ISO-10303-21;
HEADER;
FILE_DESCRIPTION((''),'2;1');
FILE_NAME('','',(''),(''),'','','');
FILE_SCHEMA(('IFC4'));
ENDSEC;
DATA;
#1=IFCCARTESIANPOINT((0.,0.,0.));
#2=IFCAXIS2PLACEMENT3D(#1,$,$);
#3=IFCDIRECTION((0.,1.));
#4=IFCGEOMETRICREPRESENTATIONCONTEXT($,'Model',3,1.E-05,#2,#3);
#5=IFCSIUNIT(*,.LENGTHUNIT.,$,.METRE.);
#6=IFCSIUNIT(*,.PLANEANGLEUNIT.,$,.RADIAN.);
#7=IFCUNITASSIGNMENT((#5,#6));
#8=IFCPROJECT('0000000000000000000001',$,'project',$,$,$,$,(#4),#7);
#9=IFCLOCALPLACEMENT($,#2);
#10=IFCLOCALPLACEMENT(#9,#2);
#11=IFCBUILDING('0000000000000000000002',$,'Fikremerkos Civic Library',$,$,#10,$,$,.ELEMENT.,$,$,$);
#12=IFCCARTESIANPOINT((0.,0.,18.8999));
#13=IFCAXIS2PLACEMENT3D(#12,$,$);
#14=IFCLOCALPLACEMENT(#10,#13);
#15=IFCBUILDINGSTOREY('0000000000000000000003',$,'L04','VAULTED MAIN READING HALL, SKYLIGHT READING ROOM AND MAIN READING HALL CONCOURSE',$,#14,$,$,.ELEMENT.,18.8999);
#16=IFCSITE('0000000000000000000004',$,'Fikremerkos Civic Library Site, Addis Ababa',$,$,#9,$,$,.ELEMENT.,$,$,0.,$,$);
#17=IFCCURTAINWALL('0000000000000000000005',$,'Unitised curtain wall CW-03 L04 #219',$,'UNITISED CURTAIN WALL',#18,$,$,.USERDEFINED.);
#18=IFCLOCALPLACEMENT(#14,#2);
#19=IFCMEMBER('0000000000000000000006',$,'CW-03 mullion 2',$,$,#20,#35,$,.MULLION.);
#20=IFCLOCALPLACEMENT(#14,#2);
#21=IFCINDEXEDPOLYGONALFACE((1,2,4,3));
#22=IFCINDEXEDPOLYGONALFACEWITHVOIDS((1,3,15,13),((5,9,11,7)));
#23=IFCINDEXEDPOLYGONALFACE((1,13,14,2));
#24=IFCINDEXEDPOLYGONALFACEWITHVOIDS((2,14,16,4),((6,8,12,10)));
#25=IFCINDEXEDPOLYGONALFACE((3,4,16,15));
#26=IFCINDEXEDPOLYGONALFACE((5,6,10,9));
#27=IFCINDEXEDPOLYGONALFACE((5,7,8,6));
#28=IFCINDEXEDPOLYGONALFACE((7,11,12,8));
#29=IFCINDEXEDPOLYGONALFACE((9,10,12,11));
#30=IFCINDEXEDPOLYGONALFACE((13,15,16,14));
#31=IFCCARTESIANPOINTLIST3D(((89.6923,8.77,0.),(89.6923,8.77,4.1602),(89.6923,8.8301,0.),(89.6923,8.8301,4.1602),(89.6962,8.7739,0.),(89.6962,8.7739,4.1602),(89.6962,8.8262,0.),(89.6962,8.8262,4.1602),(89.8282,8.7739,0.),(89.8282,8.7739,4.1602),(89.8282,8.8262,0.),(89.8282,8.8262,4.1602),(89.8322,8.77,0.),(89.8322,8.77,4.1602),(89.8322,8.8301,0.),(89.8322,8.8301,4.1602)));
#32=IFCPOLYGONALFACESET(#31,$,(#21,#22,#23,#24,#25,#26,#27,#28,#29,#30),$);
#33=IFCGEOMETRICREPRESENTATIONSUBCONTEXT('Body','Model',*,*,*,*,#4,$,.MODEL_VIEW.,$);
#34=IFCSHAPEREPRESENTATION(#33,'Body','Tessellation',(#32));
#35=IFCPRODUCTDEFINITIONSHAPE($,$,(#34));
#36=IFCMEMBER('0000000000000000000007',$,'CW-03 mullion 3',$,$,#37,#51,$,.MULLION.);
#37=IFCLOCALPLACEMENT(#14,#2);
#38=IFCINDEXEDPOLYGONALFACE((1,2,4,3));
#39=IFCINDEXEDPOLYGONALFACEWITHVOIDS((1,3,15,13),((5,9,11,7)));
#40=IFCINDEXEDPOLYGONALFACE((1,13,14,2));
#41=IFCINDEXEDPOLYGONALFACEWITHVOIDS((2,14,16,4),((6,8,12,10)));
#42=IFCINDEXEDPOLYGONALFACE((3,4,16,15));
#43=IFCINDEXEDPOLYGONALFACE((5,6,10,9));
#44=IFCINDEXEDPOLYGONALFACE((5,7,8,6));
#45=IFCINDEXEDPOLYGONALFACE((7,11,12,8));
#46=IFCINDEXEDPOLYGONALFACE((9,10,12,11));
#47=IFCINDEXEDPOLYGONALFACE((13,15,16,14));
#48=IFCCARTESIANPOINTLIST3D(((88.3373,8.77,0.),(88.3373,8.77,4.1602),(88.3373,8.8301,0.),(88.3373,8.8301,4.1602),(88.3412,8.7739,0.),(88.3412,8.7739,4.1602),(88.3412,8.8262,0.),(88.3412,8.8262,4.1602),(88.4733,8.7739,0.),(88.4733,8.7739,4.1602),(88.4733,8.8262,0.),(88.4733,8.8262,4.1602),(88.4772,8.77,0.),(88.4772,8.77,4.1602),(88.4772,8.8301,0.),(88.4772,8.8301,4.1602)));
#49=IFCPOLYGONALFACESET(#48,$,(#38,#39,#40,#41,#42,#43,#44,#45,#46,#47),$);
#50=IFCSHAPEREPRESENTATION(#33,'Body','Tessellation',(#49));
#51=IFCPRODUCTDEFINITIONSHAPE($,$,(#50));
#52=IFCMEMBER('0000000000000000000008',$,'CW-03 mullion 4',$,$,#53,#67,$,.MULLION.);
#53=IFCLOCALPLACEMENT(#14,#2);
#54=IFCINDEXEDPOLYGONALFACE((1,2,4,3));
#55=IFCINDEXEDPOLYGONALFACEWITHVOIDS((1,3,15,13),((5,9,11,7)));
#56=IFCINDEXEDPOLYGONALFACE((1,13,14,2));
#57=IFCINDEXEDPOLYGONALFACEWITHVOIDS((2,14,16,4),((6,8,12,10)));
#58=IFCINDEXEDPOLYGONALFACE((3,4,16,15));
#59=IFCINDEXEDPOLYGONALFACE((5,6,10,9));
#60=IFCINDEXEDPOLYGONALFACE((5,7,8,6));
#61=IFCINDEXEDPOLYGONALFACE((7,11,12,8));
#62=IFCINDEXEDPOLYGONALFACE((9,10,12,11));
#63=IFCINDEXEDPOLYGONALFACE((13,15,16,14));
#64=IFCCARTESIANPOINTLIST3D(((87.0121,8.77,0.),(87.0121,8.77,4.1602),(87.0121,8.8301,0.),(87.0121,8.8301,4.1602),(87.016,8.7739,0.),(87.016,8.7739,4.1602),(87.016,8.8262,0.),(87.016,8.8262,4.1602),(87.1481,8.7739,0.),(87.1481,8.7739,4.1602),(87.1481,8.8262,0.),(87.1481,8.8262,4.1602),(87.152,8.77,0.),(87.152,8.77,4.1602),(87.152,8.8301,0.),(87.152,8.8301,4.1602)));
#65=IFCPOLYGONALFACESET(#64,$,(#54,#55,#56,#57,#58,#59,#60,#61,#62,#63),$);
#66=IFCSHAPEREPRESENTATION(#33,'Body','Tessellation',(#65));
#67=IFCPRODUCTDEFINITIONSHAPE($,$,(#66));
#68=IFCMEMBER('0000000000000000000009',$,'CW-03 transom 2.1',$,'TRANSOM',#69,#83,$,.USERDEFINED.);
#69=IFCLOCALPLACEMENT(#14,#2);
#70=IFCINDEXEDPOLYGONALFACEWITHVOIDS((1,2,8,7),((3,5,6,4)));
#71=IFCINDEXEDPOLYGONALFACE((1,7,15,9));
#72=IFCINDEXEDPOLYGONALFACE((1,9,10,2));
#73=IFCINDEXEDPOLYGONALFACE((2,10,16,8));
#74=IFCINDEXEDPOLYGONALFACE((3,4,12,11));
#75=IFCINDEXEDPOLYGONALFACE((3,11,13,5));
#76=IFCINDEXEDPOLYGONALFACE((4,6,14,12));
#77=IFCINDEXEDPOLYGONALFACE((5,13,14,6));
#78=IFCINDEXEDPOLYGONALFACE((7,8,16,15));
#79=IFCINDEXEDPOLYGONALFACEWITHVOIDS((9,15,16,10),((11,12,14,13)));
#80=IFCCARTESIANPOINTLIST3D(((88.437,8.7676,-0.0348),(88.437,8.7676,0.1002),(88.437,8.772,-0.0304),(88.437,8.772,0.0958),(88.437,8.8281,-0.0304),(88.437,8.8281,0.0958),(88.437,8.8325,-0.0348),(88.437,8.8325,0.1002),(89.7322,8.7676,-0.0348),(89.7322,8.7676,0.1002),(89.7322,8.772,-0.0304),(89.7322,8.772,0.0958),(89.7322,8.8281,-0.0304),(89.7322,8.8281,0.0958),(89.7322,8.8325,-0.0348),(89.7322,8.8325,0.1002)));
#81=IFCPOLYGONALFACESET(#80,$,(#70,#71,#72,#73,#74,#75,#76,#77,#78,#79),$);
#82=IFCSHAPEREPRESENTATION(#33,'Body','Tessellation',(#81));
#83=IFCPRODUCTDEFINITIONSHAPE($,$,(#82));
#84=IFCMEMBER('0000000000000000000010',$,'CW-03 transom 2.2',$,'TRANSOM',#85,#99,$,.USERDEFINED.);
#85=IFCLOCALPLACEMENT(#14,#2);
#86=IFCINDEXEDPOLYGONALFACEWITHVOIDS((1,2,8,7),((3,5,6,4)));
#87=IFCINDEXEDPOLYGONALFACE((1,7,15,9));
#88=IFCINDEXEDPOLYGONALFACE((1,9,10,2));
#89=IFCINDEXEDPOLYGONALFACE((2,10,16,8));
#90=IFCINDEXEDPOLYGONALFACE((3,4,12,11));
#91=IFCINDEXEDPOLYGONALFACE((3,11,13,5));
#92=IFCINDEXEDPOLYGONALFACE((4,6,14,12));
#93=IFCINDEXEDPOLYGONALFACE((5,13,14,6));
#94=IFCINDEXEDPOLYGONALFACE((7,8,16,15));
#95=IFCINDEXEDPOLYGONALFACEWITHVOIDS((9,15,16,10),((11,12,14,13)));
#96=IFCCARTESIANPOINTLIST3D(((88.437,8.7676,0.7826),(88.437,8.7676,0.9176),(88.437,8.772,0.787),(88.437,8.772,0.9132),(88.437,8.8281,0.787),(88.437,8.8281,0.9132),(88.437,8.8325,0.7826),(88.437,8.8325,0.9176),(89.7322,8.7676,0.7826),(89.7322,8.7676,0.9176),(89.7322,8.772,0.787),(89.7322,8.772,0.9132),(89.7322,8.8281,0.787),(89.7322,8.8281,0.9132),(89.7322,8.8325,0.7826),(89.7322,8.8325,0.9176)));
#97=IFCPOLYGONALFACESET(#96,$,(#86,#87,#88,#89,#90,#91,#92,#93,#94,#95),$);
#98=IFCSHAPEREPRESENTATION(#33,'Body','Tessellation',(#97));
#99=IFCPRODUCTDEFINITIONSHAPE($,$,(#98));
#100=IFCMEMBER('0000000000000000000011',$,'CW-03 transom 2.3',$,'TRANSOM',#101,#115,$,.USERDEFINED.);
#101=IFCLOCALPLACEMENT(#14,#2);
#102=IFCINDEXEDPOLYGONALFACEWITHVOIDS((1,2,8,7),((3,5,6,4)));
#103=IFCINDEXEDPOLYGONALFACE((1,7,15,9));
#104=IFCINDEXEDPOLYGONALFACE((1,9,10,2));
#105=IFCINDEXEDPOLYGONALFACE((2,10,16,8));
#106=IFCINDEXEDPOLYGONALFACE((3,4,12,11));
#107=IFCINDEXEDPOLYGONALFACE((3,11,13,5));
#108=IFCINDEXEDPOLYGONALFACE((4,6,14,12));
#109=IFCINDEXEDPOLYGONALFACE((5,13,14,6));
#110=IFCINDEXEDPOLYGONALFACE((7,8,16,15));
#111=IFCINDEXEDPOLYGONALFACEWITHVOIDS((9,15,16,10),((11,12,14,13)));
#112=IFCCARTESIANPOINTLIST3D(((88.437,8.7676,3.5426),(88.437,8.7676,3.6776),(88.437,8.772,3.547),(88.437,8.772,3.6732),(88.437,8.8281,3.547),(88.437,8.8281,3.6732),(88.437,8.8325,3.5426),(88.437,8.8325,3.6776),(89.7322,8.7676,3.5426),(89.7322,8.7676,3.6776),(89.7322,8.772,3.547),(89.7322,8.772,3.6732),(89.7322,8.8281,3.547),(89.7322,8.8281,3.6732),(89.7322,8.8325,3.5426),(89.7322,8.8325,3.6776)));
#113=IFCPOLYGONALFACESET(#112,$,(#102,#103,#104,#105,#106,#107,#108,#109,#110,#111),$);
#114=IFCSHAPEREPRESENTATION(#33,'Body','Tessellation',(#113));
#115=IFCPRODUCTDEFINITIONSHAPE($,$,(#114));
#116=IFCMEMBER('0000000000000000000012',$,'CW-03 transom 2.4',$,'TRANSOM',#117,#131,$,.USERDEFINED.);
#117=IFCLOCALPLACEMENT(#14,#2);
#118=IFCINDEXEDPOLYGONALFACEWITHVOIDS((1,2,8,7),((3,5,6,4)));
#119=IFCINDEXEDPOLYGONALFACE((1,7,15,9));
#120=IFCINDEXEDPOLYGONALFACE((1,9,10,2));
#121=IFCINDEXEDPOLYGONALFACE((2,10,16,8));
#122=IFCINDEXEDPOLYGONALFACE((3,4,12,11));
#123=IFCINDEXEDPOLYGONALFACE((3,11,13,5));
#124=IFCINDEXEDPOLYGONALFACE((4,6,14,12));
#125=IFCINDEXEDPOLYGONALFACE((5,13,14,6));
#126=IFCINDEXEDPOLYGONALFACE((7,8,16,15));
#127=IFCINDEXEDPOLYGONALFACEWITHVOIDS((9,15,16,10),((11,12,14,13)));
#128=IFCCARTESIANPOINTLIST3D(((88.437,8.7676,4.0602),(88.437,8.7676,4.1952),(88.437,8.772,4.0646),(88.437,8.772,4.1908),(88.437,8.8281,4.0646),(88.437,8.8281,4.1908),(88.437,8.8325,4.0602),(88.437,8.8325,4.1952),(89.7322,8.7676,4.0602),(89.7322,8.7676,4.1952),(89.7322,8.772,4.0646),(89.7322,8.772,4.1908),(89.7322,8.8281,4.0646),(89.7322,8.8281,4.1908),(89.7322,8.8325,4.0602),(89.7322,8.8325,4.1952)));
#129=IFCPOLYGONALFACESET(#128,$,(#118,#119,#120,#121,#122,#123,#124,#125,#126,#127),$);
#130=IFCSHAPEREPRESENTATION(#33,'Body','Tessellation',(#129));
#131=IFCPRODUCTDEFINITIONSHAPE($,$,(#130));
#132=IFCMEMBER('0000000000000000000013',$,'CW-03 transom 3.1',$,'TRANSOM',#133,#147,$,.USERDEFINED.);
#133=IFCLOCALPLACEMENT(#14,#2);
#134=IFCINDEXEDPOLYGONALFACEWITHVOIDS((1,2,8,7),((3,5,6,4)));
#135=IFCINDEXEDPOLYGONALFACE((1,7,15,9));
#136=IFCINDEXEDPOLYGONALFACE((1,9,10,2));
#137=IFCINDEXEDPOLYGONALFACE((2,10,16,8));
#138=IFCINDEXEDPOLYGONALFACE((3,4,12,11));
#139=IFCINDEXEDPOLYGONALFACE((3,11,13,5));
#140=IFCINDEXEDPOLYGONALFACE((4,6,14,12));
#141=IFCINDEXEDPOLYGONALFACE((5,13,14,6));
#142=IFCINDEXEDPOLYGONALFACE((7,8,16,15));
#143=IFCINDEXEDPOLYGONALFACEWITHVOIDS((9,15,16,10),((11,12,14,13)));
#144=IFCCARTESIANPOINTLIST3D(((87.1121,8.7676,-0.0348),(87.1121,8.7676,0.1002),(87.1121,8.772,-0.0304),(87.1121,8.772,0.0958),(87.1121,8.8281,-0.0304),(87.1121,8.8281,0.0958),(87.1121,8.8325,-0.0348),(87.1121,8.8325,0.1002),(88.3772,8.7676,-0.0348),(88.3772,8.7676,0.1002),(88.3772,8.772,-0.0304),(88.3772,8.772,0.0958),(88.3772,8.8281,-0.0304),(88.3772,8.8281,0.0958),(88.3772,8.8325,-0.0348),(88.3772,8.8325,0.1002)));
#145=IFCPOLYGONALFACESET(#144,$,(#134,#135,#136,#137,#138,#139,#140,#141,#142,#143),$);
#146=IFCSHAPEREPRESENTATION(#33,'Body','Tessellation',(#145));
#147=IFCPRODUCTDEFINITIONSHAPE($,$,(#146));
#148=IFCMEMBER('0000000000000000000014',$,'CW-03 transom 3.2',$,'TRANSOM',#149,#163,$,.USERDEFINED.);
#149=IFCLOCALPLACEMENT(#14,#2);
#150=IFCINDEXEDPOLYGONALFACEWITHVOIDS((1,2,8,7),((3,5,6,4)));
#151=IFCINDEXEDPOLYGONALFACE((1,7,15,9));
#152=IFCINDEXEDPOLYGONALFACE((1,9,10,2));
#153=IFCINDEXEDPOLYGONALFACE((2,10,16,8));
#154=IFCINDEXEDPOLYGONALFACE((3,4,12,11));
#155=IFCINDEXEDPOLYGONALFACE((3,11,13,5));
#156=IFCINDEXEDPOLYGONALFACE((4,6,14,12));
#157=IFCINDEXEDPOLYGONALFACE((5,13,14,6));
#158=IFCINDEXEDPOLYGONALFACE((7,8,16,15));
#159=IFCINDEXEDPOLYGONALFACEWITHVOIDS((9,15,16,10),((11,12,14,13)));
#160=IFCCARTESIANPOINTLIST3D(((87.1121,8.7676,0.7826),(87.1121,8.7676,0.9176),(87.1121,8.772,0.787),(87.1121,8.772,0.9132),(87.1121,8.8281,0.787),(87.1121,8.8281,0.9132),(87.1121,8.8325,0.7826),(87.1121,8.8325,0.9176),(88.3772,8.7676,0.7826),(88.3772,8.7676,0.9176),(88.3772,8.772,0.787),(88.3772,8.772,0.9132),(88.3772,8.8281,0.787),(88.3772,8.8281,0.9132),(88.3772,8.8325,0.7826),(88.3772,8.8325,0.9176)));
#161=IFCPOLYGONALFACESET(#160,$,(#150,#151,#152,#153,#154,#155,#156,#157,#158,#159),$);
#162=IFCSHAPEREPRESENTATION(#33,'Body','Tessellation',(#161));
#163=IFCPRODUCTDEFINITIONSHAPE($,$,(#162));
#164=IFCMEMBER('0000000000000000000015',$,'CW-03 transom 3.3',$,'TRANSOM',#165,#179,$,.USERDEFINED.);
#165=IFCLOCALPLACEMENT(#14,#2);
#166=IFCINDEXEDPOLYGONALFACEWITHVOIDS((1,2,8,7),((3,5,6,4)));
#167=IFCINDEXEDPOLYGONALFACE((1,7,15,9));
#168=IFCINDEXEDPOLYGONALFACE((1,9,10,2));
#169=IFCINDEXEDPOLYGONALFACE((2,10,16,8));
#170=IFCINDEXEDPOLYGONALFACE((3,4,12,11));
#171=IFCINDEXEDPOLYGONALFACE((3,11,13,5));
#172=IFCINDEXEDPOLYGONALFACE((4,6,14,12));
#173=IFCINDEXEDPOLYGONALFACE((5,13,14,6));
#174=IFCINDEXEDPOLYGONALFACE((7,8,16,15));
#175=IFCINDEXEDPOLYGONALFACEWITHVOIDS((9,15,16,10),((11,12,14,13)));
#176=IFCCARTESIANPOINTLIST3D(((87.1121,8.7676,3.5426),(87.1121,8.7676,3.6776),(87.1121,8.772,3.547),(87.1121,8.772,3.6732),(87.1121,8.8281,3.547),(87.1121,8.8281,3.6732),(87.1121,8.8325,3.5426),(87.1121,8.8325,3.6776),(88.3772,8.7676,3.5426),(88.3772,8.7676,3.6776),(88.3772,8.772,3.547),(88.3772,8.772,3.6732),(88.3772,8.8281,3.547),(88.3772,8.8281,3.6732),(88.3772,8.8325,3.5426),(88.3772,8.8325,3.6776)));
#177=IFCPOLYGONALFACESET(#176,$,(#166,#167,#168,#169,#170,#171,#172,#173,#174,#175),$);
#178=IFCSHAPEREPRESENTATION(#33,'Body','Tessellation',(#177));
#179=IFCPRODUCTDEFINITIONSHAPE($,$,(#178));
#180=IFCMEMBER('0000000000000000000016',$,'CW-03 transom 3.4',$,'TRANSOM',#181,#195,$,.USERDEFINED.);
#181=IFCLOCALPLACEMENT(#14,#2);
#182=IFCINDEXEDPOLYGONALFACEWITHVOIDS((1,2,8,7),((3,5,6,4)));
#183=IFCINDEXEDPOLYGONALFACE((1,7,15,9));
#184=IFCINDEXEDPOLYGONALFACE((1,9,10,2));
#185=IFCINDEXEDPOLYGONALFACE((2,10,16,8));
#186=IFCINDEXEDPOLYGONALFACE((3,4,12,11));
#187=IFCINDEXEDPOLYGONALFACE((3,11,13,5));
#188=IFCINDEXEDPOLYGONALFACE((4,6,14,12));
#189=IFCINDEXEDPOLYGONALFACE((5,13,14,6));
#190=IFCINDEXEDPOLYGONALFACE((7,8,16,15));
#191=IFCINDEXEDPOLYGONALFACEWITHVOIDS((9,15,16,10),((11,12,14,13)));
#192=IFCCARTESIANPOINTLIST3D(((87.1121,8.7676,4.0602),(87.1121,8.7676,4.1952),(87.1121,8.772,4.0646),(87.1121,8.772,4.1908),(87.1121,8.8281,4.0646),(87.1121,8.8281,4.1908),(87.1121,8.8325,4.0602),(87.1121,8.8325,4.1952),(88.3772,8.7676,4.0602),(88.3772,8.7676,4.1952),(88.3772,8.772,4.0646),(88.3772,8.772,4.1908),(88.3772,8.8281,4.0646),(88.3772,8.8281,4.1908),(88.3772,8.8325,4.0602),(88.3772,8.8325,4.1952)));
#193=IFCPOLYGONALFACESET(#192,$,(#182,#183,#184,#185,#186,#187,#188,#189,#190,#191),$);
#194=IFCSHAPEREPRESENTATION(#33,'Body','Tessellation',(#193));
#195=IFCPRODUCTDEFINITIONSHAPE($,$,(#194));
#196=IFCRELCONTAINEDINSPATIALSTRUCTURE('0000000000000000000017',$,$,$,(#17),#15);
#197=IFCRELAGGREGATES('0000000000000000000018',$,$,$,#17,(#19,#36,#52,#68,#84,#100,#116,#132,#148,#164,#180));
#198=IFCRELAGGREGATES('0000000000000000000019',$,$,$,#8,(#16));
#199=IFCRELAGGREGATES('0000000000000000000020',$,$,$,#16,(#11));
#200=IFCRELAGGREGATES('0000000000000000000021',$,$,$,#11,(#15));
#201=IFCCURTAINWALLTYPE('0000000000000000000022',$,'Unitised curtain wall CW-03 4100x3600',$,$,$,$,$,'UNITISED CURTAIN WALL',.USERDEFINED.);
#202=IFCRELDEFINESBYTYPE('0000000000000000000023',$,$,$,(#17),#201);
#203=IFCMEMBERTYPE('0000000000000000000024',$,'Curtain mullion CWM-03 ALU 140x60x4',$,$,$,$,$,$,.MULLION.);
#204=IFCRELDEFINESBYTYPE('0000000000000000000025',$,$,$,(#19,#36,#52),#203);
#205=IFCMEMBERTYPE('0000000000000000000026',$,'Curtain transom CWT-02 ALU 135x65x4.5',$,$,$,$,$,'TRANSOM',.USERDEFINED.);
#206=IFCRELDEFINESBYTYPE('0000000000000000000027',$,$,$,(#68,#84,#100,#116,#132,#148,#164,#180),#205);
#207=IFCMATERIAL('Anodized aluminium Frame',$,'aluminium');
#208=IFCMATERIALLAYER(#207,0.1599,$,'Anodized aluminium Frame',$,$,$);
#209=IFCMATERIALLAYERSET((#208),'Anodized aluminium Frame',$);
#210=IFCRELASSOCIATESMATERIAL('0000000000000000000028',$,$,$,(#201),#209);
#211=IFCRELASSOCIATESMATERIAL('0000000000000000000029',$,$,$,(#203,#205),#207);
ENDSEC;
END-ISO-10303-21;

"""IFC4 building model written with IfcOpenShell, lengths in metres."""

from ifc_helpers import new_model, si_unit, direction, frame, origin, origin_2d, place, context, subcontext, project, spatial, hollow_rectangle, extrude, material, layer, layer_set, material_profile, profile_set, type_object, element, aggregate, save


model = new_model("IFC4")

# Units and contexts
model_context = context("Model", 3, precision=1e-05, world=origin(), true_north=direction((0.0, 1.0)))
body_context = subcontext(model_context, "Body", "Model", "MODEL_VIEW")
ifc_project = project(units=[si_unit("LENGTHUNIT", "METRE"), si_unit("PLANEANGLEUNIT", "RADIAN")], contexts=[model_context])

# Site, building, storey
site_placement = place(None, origin())
site = spatial("IfcSite", under=ifc_project, at=site_placement, Name="Fikremerkos Civic Library Site, Addis Ababa", CompositionType="ELEMENT", RefElevation=0.0)
building_placement = place(site_placement, origin())
building = spatial("IfcBuilding", under=site, at=building_placement, Name="Fikremerkos Civic Library", CompositionType="ELEMENT")
storey_placement = place(building_placement, frame((0.0, 0.0, 18.8999)))
storey = spatial("IfcBuildingStorey", under=building, at=storey_placement, Name="L04", Description="VAULTED MAIN READING HALL, SKYLIGHT READING ROOM AND MAIN READING HALL CONCOURSE", CompositionType="ELEMENT", Elevation=18.8999)

# Curtain wall, members
ifc_material_1 = material(Name="Anodized aluminium Frame", Category="aluminium")
ifc_layer_1 = layer(ifc_material_1, 0.1599, Name="Anodized aluminium Frame")
ifc_layer_set_1 = layer_set([ifc_layer_1], Name="Anodized aluminium Frame")
curtain_wall_type = type_object("IfcCurtainWallType", Name="Unitised curtain wall CW-03 4100x3600", ElementType="UNITISED CURTAIN WALL", PredefinedType="USERDEFINED", material=ifc_layer_set_1)
curtain_wall_placement = place(storey_placement, origin())
curtain_wall = element("IfcCurtainWall", 1, at=curtain_wall_placement, inside=storey, type_object=curtain_wall_type, Name="Unitised curtain wall CW-03 L04 #219", ObjectType="UNITISED CURTAIN WALL", PredefinedType="USERDEFINED")
ifc_material_profile_1 = material_profile(ifc_material_1, hollow_rectangle(XDim=0.0601, YDim=0.1399, WallThickness=0.0039, at=origin_2d()), Name="ALU 140x60x4")
ifc_profile_set_1 = profile_set([ifc_material_profile_1], Name="Anodized aluminium Frame")
member_type_1 = type_object("IfcMemberType", Name="Curtain mullion CWM-03 ALU 140x60x4", PredefinedType="MULLION", material=ifc_profile_set_1)
member_1_placement = place(storey_placement, frame((89.7622, 8.8, 0.0), z_axis=(0.0, 0.0, 1.0), x_axis=(0.0, -1.0, 0.0)))
member_1 = element("IfcMember", 2, at=member_1_placement, type_object=member_type_1, Name="CW-03 mullion 2", PredefinedType="MULLION", context=body_context, shape_type="SweptSolid", body=[
    extrude(hollow_rectangle(XDim=0.0601, YDim=0.1399, WallThickness=0.0039, at=origin_2d()), origin(), (0.0, 0.0, 1.0), 4.1602),
])
member_2_placement = place(storey_placement, frame((88.4072, 8.8, 0.0), z_axis=(0.0, 0.0, 1.0), x_axis=(0.0, -1.0, 0.0)))
member_2 = element("IfcMember", 3, at=member_2_placement, type_object=member_type_1, Name="CW-03 mullion 3", PredefinedType="MULLION", context=body_context, shape_type="SweptSolid", body=[
    extrude(hollow_rectangle(XDim=0.0601, YDim=0.1399, WallThickness=0.0039, at=origin_2d()), origin(), (0.0, 0.0, 1.0), 4.1602),
])
member_3_placement = place(storey_placement, frame((87.082, 8.8, 0.0), z_axis=(0.0, 0.0, 1.0), x_axis=(0.0, -1.0, 0.0)))
member_3 = element("IfcMember", 4, at=member_3_placement, type_object=member_type_1, Name="CW-03 mullion 4", PredefinedType="MULLION", context=body_context, shape_type="SweptSolid", body=[
    extrude(hollow_rectangle(XDim=0.0601, YDim=0.1399, WallThickness=0.0039, at=origin_2d()), origin(), (0.0, 0.0, 1.0), 4.1602),
])
ifc_material_profile_2 = material_profile(ifc_material_1, hollow_rectangle(XDim=0.0649, YDim=0.135, WallThickness=0.0044, at=origin_2d()), Name="ALU 135x65x4.5")
ifc_profile_set_2 = profile_set([ifc_material_profile_2], Name="Anodized aluminium Frame")
member_type_2 = type_object("IfcMemberType", Name="Curtain transom CWT-02 ALU 135x65x4.5", ElementType="TRANSOM", PredefinedType="USERDEFINED", material=ifc_profile_set_2)
member_4_placement = place(storey_placement, frame((89.7322, 8.8, 0.0327), z_axis=(-1.0, 0.0, 0.0), x_axis=(0.0, -1.0, 0.0)))
member_4 = element("IfcMember", 5, at=member_4_placement, type_object=member_type_2, Name="CW-03 transom 2.1", ObjectType="TRANSOM", PredefinedType="USERDEFINED", context=body_context, shape_type="SweptSolid", body=[
    extrude(hollow_rectangle(XDim=0.0649, YDim=0.135, WallThickness=0.0044, at=origin_2d()), origin(), (0.0, 0.0, 1.0), 1.2952),
])
member_5_placement = place(storey_placement, frame((89.7322, 8.8, 0.8501), z_axis=(-1.0, 0.0, 0.0), x_axis=(0.0, -1.0, 0.0)))
member_5 = element("IfcMember", 6, at=member_5_placement, type_object=member_type_2, Name="CW-03 transom 2.2", ObjectType="TRANSOM", PredefinedType="USERDEFINED", context=body_context, shape_type="SweptSolid", body=[
    extrude(hollow_rectangle(XDim=0.0649, YDim=0.135, WallThickness=0.0044, at=origin_2d()), origin(), (0.0, 0.0, 1.0), 1.2952),
])
member_6_placement = place(storey_placement, frame((89.7322, 8.8, 3.6101), z_axis=(-1.0, 0.0, 0.0), x_axis=(0.0, -1.0, 0.0)))
member_6 = element("IfcMember", 7, at=member_6_placement, type_object=member_type_2, Name="CW-03 transom 2.3", ObjectType="TRANSOM", PredefinedType="USERDEFINED", context=body_context, shape_type="SweptSolid", body=[
    extrude(hollow_rectangle(XDim=0.0649, YDim=0.135, WallThickness=0.0044, at=origin_2d()), origin(), (0.0, 0.0, 1.0), 1.2952),
])
member_7_placement = place(storey_placement, frame((89.7322, 8.8, 4.1277), z_axis=(-1.0, 0.0, 0.0), x_axis=(0.0, -1.0, 0.0)))
member_7 = element("IfcMember", 8, at=member_7_placement, type_object=member_type_2, Name="CW-03 transom 2.4", ObjectType="TRANSOM", PredefinedType="USERDEFINED", context=body_context, shape_type="SweptSolid", body=[
    extrude(hollow_rectangle(XDim=0.0649, YDim=0.135, WallThickness=0.0044, at=origin_2d()), origin(), (0.0, 0.0, 1.0), 1.2952),
])
member_8_placement = place(storey_placement, frame((88.3772, 8.8, 0.0327), z_axis=(-1.0, 0.0, 0.0), x_axis=(0.0, -1.0, 0.0)))
member_8 = element("IfcMember", 9, at=member_8_placement, type_object=member_type_2, Name="CW-03 transom 3.1", ObjectType="TRANSOM", PredefinedType="USERDEFINED", context=body_context, shape_type="SweptSolid", body=[
    extrude(hollow_rectangle(XDim=0.0649, YDim=0.135, WallThickness=0.0044, at=origin_2d()), origin(), (0.0, 0.0, 1.0), 1.2651),
])
member_9_placement = place(storey_placement, frame((88.3772, 8.8, 0.8501), z_axis=(-1.0, 0.0, 0.0), x_axis=(0.0, -1.0, 0.0)))
member_9 = element("IfcMember", 10, at=member_9_placement, type_object=member_type_2, Name="CW-03 transom 3.2", ObjectType="TRANSOM", PredefinedType="USERDEFINED", context=body_context, shape_type="SweptSolid", body=[
    extrude(hollow_rectangle(XDim=0.0649, YDim=0.135, WallThickness=0.0044, at=origin_2d()), origin(), (0.0, 0.0, 1.0), 1.2651),
])
member_10_placement = place(storey_placement, frame((88.3772, 8.8, 3.6101), z_axis=(-1.0, 0.0, 0.0), x_axis=(0.0, -1.0, 0.0)))
member_10 = element("IfcMember", 11, at=member_10_placement, type_object=member_type_2, Name="CW-03 transom 3.3", ObjectType="TRANSOM", PredefinedType="USERDEFINED", context=body_context, shape_type="SweptSolid", body=[
    extrude(hollow_rectangle(XDim=0.0649, YDim=0.135, WallThickness=0.0044, at=origin_2d()), origin(), (0.0, 0.0, 1.0), 1.2651),
])
member_11_placement = place(storey_placement, frame((88.3772, 8.8, 4.1277), z_axis=(-1.0, 0.0, 0.0), x_axis=(0.0, -1.0, 0.0)))
member_11 = element("IfcMember", 12, at=member_11_placement, type_object=member_type_2, Name="CW-03 transom 3.4", ObjectType="TRANSOM", PredefinedType="USERDEFINED", context=body_context, shape_type="SweptSolid", body=[
    extrude(hollow_rectangle(XDim=0.0649, YDim=0.135, WallThickness=0.0044, at=origin_2d()), origin(), (0.0, 0.0, 1.0), 1.2651),
])
aggregate(curtain_wall, [member_1, member_2, member_3, member_4, member_5, member_6, member_7, member_8, member_9, member_10, member_11])

save(model, "model.ifc")
